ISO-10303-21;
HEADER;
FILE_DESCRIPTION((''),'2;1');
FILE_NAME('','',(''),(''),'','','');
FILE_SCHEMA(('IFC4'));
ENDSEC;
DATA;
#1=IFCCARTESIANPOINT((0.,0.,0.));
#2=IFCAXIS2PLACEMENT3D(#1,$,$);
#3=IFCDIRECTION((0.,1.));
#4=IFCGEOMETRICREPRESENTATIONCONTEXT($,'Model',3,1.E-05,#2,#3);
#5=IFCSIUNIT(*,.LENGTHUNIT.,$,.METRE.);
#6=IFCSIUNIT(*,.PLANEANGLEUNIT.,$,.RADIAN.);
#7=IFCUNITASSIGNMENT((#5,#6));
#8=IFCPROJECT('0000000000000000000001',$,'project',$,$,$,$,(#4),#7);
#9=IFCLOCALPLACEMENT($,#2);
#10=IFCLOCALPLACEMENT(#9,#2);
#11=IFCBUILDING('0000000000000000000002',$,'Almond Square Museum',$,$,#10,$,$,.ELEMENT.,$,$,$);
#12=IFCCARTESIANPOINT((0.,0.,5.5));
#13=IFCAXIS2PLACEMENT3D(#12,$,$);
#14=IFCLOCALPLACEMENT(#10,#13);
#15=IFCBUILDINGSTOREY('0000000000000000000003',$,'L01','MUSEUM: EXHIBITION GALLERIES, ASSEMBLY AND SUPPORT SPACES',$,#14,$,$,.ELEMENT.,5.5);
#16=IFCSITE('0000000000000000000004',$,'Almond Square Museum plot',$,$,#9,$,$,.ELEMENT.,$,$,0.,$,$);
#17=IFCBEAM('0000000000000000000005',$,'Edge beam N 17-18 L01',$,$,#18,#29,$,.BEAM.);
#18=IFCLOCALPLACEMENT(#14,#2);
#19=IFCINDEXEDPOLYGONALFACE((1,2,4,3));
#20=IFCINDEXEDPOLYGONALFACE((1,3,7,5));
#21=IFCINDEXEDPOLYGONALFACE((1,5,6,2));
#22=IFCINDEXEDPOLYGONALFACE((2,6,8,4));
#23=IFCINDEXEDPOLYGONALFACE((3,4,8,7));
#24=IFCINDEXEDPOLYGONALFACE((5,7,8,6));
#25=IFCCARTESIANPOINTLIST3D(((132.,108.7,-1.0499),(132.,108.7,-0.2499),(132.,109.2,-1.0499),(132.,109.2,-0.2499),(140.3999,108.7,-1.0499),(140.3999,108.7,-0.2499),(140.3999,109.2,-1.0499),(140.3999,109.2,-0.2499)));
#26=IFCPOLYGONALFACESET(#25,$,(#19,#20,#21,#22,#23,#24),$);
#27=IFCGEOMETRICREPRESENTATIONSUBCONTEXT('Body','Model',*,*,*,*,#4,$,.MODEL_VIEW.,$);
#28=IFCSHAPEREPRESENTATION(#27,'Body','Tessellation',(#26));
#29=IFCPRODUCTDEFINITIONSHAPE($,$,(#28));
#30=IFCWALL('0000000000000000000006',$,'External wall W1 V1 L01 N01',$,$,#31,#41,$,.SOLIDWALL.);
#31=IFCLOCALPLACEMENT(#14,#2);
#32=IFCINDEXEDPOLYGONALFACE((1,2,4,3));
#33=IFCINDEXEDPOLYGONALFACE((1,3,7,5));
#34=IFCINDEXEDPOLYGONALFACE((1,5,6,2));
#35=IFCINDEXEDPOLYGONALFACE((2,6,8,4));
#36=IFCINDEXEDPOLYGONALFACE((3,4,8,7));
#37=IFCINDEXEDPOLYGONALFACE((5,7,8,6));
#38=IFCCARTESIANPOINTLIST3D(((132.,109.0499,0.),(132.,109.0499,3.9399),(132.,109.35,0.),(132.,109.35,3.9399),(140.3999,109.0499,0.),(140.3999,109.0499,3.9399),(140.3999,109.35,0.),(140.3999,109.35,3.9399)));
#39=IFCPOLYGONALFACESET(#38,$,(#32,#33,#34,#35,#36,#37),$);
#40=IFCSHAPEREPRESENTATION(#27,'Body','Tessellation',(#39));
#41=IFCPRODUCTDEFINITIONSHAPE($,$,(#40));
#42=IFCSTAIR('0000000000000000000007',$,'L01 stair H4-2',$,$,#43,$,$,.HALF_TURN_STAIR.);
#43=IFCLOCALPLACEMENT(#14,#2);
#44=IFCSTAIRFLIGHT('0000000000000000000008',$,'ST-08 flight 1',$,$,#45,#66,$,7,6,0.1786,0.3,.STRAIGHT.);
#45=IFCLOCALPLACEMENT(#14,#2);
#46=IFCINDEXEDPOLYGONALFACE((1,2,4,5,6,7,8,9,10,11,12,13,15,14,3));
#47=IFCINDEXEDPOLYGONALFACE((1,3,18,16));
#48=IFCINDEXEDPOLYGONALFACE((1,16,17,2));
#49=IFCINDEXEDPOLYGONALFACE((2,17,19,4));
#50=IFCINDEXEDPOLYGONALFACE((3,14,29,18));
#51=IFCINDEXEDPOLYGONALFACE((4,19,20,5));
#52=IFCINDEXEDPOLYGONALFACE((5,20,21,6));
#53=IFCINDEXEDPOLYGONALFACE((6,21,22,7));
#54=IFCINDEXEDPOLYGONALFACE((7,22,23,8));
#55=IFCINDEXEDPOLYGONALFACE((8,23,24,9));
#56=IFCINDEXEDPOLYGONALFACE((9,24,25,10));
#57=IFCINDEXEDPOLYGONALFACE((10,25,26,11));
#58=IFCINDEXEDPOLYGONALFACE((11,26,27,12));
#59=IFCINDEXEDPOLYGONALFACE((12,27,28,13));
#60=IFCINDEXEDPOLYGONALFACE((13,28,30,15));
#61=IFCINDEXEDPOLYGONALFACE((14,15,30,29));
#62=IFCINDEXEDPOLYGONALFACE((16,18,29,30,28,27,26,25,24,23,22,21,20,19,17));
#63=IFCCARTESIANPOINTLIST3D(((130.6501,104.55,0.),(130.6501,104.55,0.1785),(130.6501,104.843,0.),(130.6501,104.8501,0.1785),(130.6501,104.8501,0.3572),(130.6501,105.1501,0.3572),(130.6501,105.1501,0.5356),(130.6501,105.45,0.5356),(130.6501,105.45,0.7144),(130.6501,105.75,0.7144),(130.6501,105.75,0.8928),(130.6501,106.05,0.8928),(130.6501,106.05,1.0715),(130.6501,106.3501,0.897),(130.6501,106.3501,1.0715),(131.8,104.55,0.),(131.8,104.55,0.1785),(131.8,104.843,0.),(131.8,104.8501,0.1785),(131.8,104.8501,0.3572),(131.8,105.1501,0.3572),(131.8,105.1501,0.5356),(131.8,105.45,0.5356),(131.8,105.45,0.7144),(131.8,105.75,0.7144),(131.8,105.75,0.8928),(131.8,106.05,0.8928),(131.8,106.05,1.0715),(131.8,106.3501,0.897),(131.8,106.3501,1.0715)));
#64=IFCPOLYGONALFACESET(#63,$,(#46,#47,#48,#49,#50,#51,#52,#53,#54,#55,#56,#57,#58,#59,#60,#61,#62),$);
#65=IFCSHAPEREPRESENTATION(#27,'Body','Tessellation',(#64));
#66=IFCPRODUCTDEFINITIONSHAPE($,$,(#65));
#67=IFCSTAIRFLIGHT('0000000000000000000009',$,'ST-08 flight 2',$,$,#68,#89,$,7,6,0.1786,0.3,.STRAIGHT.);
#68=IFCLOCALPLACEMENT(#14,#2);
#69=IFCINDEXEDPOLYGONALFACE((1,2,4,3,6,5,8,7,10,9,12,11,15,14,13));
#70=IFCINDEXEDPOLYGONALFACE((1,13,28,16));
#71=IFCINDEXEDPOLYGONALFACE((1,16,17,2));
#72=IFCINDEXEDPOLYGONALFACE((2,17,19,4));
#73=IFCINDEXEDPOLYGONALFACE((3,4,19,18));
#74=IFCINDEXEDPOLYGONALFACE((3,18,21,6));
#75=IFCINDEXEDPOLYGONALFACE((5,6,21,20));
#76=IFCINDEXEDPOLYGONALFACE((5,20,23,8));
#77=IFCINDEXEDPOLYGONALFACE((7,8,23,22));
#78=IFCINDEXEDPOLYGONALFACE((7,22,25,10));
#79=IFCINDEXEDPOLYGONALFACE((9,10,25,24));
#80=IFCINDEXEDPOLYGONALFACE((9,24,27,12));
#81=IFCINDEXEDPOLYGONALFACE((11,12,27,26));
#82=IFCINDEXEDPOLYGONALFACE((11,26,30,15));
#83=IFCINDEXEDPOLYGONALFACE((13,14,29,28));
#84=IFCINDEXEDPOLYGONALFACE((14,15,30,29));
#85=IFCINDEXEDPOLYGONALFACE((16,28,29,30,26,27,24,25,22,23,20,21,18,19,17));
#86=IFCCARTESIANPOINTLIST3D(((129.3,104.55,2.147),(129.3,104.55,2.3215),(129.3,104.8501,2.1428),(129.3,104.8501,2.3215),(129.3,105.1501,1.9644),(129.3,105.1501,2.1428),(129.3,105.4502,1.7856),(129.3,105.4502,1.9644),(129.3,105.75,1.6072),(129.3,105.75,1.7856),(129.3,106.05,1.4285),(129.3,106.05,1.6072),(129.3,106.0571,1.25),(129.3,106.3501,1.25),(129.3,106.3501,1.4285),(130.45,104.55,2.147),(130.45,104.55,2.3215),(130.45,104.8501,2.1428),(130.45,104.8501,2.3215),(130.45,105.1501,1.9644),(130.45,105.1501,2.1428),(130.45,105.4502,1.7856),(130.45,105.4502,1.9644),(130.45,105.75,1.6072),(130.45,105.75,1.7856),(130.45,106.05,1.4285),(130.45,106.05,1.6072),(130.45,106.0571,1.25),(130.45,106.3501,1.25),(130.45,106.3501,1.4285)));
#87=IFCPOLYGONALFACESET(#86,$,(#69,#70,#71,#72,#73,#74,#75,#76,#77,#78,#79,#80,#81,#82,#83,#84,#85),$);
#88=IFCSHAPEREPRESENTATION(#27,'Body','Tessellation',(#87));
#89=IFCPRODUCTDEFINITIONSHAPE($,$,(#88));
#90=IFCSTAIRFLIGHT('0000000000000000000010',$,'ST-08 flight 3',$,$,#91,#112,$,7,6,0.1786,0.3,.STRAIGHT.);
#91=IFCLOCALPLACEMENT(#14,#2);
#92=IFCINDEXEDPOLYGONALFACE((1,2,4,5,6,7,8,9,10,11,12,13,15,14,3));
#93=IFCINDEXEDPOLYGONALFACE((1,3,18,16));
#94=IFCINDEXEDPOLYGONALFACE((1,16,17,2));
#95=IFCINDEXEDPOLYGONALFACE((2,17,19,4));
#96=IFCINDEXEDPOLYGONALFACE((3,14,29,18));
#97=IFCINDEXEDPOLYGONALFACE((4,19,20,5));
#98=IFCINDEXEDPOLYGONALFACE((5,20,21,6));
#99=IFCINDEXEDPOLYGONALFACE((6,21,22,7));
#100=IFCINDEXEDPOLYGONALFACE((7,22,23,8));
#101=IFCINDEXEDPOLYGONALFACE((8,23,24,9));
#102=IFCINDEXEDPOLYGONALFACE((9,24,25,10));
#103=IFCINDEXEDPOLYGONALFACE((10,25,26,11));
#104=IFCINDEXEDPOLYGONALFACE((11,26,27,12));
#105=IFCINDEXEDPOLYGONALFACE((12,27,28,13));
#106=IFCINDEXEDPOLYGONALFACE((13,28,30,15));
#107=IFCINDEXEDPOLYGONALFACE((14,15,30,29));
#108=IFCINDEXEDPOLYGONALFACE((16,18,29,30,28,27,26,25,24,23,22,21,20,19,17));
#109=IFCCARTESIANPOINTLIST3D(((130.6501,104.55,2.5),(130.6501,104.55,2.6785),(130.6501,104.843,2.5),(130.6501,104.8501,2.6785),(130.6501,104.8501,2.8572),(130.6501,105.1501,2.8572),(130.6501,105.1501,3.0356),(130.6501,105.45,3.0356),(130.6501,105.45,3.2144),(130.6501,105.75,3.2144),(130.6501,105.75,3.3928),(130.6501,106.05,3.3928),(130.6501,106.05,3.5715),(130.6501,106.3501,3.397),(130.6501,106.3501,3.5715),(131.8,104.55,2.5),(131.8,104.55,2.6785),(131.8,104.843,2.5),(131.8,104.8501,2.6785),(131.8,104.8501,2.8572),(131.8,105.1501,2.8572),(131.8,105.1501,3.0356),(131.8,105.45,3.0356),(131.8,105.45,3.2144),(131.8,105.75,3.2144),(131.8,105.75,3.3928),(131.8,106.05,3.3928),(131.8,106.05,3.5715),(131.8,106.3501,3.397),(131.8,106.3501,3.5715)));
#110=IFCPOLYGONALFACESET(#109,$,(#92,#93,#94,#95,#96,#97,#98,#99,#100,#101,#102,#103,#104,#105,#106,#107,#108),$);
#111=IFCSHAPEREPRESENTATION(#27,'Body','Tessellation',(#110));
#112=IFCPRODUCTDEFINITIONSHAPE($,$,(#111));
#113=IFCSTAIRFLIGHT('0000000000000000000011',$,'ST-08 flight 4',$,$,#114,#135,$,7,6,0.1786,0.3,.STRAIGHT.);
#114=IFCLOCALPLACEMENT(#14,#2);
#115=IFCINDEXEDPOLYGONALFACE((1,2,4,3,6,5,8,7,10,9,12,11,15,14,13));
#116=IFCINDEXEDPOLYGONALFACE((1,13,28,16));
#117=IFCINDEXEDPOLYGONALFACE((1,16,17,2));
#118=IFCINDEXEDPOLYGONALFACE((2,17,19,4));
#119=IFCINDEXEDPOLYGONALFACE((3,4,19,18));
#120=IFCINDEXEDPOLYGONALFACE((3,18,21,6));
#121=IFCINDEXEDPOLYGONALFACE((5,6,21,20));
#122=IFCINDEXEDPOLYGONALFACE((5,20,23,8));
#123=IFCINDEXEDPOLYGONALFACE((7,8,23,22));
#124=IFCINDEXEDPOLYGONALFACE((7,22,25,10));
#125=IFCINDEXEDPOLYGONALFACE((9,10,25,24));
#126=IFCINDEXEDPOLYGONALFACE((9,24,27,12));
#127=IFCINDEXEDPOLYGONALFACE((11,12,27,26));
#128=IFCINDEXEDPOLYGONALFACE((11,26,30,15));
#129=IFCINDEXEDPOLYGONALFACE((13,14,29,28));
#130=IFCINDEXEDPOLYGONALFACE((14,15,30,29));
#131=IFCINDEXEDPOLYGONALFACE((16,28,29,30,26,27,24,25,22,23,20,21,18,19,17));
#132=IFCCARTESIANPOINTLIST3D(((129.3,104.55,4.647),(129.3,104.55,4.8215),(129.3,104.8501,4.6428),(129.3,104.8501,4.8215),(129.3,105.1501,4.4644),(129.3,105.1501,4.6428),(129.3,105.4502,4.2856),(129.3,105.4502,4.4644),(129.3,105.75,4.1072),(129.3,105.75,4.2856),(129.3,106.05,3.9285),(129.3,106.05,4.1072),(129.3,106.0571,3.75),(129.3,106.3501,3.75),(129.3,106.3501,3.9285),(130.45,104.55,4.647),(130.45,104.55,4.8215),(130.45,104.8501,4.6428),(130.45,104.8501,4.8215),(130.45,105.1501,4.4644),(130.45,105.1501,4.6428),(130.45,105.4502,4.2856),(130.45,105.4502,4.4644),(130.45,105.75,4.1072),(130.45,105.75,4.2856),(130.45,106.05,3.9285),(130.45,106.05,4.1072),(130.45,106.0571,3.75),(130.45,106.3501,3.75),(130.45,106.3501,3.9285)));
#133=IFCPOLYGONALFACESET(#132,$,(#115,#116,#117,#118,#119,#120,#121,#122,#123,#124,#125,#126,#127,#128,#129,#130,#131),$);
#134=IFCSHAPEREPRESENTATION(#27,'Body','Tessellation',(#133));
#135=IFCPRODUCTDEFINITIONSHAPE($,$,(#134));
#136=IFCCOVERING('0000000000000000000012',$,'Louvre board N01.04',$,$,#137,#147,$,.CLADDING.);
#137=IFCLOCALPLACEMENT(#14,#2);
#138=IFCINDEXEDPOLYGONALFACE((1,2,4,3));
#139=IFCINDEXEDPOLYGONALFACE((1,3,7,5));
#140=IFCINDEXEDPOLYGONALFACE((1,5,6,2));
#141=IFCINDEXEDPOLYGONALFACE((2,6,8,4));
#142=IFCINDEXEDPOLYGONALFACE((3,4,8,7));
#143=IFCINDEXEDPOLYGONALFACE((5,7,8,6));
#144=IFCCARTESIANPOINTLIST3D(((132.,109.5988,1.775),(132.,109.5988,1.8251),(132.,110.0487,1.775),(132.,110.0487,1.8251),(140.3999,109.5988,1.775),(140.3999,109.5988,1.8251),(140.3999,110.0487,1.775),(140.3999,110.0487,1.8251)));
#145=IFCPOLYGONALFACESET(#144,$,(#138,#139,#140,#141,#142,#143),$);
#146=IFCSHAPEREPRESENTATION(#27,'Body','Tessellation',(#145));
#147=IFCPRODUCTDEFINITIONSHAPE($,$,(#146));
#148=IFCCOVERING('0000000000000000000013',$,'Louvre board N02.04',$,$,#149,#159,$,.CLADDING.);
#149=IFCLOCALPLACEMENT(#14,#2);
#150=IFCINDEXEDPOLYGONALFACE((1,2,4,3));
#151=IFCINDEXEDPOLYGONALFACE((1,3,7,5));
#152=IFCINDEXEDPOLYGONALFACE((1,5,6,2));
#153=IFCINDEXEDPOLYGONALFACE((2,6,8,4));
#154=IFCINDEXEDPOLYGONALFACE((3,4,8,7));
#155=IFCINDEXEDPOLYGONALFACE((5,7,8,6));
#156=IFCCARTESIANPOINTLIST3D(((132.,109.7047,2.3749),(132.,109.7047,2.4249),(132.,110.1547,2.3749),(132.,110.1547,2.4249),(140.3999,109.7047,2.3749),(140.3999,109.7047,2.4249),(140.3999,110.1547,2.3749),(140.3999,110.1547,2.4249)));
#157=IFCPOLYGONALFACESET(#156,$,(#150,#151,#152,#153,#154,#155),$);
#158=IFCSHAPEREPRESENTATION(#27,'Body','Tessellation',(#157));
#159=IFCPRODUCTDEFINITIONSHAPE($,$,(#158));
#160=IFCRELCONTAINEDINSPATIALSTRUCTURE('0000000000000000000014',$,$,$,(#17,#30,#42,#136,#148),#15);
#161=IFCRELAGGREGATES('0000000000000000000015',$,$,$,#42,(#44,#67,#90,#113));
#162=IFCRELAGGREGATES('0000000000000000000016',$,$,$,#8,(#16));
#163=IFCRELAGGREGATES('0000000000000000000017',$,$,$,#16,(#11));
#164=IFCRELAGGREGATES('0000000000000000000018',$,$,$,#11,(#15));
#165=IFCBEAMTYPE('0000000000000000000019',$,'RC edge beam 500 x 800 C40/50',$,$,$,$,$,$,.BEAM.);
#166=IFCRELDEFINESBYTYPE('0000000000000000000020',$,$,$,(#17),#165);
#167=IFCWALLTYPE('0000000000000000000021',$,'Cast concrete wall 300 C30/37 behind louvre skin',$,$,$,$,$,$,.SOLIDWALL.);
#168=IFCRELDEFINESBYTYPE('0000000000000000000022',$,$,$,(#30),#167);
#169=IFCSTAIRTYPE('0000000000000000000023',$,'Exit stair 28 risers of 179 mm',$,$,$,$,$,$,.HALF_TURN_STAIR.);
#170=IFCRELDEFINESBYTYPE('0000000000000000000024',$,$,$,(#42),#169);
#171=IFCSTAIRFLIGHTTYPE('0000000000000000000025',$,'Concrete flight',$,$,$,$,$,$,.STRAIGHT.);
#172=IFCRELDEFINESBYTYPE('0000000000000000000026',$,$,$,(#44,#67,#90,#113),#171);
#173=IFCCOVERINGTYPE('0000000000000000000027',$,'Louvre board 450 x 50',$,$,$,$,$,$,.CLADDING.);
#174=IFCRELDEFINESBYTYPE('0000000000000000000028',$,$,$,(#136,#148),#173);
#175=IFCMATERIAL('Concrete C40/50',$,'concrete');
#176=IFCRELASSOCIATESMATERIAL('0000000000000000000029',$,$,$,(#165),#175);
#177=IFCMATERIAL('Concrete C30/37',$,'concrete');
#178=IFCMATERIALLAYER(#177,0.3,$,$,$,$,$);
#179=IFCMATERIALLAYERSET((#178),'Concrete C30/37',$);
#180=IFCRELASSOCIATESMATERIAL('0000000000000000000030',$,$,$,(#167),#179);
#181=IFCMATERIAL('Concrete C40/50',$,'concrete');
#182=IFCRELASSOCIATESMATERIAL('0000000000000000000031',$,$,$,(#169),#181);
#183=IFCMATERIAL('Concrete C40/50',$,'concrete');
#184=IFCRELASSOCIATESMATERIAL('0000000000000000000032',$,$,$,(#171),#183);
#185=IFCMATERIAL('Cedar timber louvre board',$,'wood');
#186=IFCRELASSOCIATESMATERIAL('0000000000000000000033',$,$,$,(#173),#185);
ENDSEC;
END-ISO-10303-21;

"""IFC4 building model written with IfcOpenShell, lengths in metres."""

from ifc_helpers import new_model, si_unit, direction, frame, frame_2d, origin, origin_2d, place, context, subcontext, project, spatial, polyline, rectangle, outline, extrude, material, layer, layer_set, material_profile, profile_set, type_object, element, aggregate, save


model = new_model("IFC4")

# Units and contexts
model_context = context("Model", 3, precision=1e-05, world=origin(), true_north=direction((0.0, 1.0)))
body_context = subcontext(model_context, "Body", "Model", "MODEL_VIEW")
ifc_project = project(units=[si_unit("LENGTHUNIT", "METRE"), si_unit("PLANEANGLEUNIT", "RADIAN")], contexts=[model_context])

# Site, building, storey
site_placement = place(None, origin())
site = spatial("IfcSite", under=ifc_project, at=site_placement, Name="Almond Square Museum plot", CompositionType="ELEMENT", RefElevation=0.0)
building_placement = place(site_placement, origin())
building = spatial("IfcBuilding", under=site, at=building_placement, Name="Almond Square Museum", CompositionType="ELEMENT")
storey_placement = place(building_placement, frame((0.0, 0.0, 5.5)))
storey = spatial("IfcBuildingStorey", under=building, at=storey_placement, Name="L01", Description="MUSEUM: EXHIBITION GALLERIES, ASSEMBLY AND SUPPORT SPACES", CompositionType="ELEMENT", Elevation=5.5)

# Beam
ifc_material_1 = material(Name="Concrete C40/50", Category="concrete")
ifc_material_profile_1 = material_profile(ifc_material_1, rectangle(XDim=0.5, YDim=0.8, at=origin_2d()))
ifc_profile_set_1 = profile_set([ifc_material_profile_1], Name="Concrete C40/50")
beam_type = type_object("IfcBeamType", Name="RC edge beam 500 x 800 C40/50", PredefinedType="BEAM", material=ifc_profile_set_1)
beam_placement = place(storey_placement, frame((132.0, 108.95, -0.6499), z_axis=(1.0, 0.0, 0.0), x_axis=(0.0, 1.0, 0.0)))
element("IfcBeam", 1, at=beam_placement, inside=storey, type_object=beam_type, Name="Edge beam N 17-18 L01", PredefinedType="BEAM", context=body_context, shape_type="SweptSolid", body=[
    extrude(rectangle(XDim=0.5, YDim=0.8, at=origin_2d()), origin(), (0.0, 0.0, 1.0), 8.3999),
])

# Wall
ifc_material_2 = material(Name="Concrete C30/37", Category="concrete")
ifc_layer_1 = layer(ifc_material_2, 0.3)
ifc_layer_set_1 = layer_set([ifc_layer_1], Name="Concrete C30/37")
wall_type = type_object("IfcWallType", Name="Cast concrete wall 300 C30/37 behind louvre skin", PredefinedType="SOLIDWALL", material=ifc_layer_set_1)
wall_placement = place(storey_placement, frame((132.0, 109.2, 0.0), z_axis=(0.0, 0.0, 1.0), x_axis=(1.0, 0.0, 0.0)))
element("IfcWall", 2, at=wall_placement, inside=storey, type_object=wall_type, Name="External wall W1 V1 L01 N01", PredefinedType="SOLIDWALL", context=body_context, shape_type="SweptSolid", body=[
    extrude(rectangle(XDim=8.3999, YDim=0.3, at=frame_2d((4.2, 0.0))), origin(), (0.0, 0.0, 1.0), 3.9399),
])

# Stair, stair flights
ifc_material_3 = material(Name="Concrete C40/50", Category="concrete")
stair_type = type_object("IfcStairType", Name="Exit stair 28 risers of 179 mm", PredefinedType="HALF_TURN_STAIR", material=ifc_material_3)
stair_placement = place(storey_placement, origin())
stair = element("IfcStair", 3, at=stair_placement, inside=storey, type_object=stair_type, Name="L01 stair H4-2", PredefinedType="HALF_TURN_STAIR")
ifc_material_4 = material(Name="Concrete C40/50", Category="concrete")
stair_flight_type = type_object("IfcStairFlightType", Name="Concrete flight", PredefinedType="STRAIGHT", material=ifc_material_4)
stair_flight_1_placement = place(storey_placement, frame((131.2251, 104.55, 0.0), z_axis=(0.0, 0.0, 1.0), x_axis=(0.0, 1.0, 0.0)))
stair_flight_1 = element("IfcStairFlight", 4, at=stair_flight_1_placement, type_object=stair_flight_type, Name="ST-08 flight 1", NumberOfRisers=7, NumberOfTreads=6, PredefinedType="STRAIGHT", RiserHeight=0.1786, TreadLength=0.3, context=body_context, shape_type="SweptSolid", body=[
    extrude(outline(polyline([(0.0, 0.0), (0.0, 0.1785), (0.3, 0.1785), (0.3, 0.3572), (0.6001, 0.3572), (0.6001, 0.5356), (0.8999, 0.5356), (0.8999, 0.7144), (1.2, 0.7144), (1.2, 0.8928), (1.5, 0.8928), (1.5, 1.0715), (1.8, 1.0715), (1.8, 1.25), (1.8, 0.897), (0.293, 0.0), (0.0, 0.0)])), frame((0.0, 0.575, 0.0), z_axis=(0.0, -1.0, 0.0), x_axis=(1.0, 0.0, 0.0)), (0.0, 0.0, 1.0), 1.1499),
])
stair_flight_2_placement = place(storey_placement, frame((129.875, 106.3501, 1.25), z_axis=(0.0, 0.0, 1.0), x_axis=(0.0, -1.0, 0.0)))
stair_flight_2 = element("IfcStairFlight", 5, at=stair_flight_2_placement, type_object=stair_flight_type, Name="ST-08 flight 2", NumberOfRisers=7, NumberOfTreads=6, PredefinedType="STRAIGHT", RiserHeight=0.1786, TreadLength=0.3, context=body_context, shape_type="SweptSolid", body=[
    extrude(outline(polyline([(0.0, 0.0), (0.0, 0.1785), (0.3, 0.1785), (0.3, 0.3572), (0.6001, 0.3572), (0.6001, 0.5356), (0.8999, 0.5356), (0.8999, 0.7144), (1.2, 0.7144), (1.2, 0.8928), (1.5, 0.8928), (1.5, 1.0715), (1.8, 1.0715), (1.8, 1.25), (1.8, 0.897), (0.293, 0.0), (0.0, 0.0)])), frame((0.0, 0.575, 0.0), z_axis=(0.0, -1.0, 0.0), x_axis=(1.0, 0.0, 0.0)), (0.0, 0.0, 1.0), 1.1499),
])
stair_flight_3_placement = place(storey_placement, frame((131.2251, 104.55, 2.5), z_axis=(0.0, 0.0, 1.0), x_axis=(0.0, 1.0, 0.0)))
stair_flight_3 = element("IfcStairFlight", 6, at=stair_flight_3_placement, type_object=stair_flight_type, Name="ST-08 flight 3", NumberOfRisers=7, NumberOfTreads=6, PredefinedType="STRAIGHT", RiserHeight=0.1786, TreadLength=0.3, context=body_context, shape_type="SweptSolid", body=[
    extrude(outline(polyline([(0.0, 0.0), (0.0, 0.1785), (0.3, 0.1785), (0.3, 0.3572), (0.6001, 0.3572), (0.6001, 0.5356), (0.8999, 0.5356), (0.8999, 0.7144), (1.2, 0.7144), (1.2, 0.8928), (1.5, 0.8928), (1.5, 1.0715), (1.8, 1.0715), (1.8, 1.25), (1.8, 0.897), (0.293, 0.0), (0.0, 0.0)])), frame((0.0, 0.575, 0.0), z_axis=(0.0, -1.0, 0.0), x_axis=(1.0, 0.0, 0.0)), (0.0, 0.0, 1.0), 1.1499),
])
stair_flight_4_placement = place(storey_placement, frame((129.875, 106.3501, 3.75), z_axis=(0.0, 0.0, 1.0), x_axis=(0.0, -1.0, 0.0)))
stair_flight_4 = element("IfcStairFlight", 7, at=stair_flight_4_placement, type_object=stair_flight_type, Name="ST-08 flight 4", NumberOfRisers=7, NumberOfTreads=6, PredefinedType="STRAIGHT", RiserHeight=0.1786, TreadLength=0.3, context=body_context, shape_type="SweptSolid", body=[
    extrude(outline(polyline([(0.0, 0.0), (0.0, 0.1785), (0.3, 0.1785), (0.3, 0.3572), (0.6001, 0.3572), (0.6001, 0.5356), (0.8999, 0.5356), (0.8999, 0.7144), (1.2, 0.7144), (1.2, 0.8928), (1.5, 0.8928), (1.5, 1.0715), (1.8, 1.0715), (1.8, 1.25), (1.8, 0.897), (0.293, 0.0), (0.0, 0.0)])), frame((0.0, 0.575, 0.0), z_axis=(0.0, -1.0, 0.0), x_axis=(1.0, 0.0, 0.0)), (0.0, 0.0, 1.0), 1.1499),
])
aggregate(stair, [stair_flight_1, stair_flight_2, stair_flight_3, stair_flight_4])

# Coverings
ifc_material_5 = material(Name="Cedar timber louvre board", Category="wood")
ifc_material_profile_2 = material_profile(ifc_material_5, rectangle(XDim=0.45, YDim=0.05, at=origin_2d()))
ifc_profile_set_2 = profile_set([ifc_material_profile_2], Name="Cedar timber louvre board")
covering_type_1 = type_object("IfcCoveringType", Name="Louvre board 450 x 50", PredefinedType="CLADDING", material=ifc_profile_set_2)
for number, where, z_axis, x_axis, name in (
    (8, (132.0, 109.8237, 1.8), (1.0, 0.0, 0.0), (0.0, 1.0, 0.0), "Louvre board N01.04"),
    (9, (132.0, 109.9297, 2.3999), (1.0, 0.0, 0.0), (0.0, 1.0, 0.0), "Louvre board N02.04"),
):
    element("IfcCovering", number, at=place(storey_placement, frame(where, z_axis=z_axis, x_axis=x_axis)), inside=storey, type_object=covering_type_1, Name=name, PredefinedType="CLADDING", context=body_context, shape_type="SweptSolid", body=[
        extrude(rectangle(XDim=0.45, YDim=0.05, at=origin_2d()), origin(), (0.0, 0.0, 1.0), 8.3999),
    ])

save(model, "model.ifc")
